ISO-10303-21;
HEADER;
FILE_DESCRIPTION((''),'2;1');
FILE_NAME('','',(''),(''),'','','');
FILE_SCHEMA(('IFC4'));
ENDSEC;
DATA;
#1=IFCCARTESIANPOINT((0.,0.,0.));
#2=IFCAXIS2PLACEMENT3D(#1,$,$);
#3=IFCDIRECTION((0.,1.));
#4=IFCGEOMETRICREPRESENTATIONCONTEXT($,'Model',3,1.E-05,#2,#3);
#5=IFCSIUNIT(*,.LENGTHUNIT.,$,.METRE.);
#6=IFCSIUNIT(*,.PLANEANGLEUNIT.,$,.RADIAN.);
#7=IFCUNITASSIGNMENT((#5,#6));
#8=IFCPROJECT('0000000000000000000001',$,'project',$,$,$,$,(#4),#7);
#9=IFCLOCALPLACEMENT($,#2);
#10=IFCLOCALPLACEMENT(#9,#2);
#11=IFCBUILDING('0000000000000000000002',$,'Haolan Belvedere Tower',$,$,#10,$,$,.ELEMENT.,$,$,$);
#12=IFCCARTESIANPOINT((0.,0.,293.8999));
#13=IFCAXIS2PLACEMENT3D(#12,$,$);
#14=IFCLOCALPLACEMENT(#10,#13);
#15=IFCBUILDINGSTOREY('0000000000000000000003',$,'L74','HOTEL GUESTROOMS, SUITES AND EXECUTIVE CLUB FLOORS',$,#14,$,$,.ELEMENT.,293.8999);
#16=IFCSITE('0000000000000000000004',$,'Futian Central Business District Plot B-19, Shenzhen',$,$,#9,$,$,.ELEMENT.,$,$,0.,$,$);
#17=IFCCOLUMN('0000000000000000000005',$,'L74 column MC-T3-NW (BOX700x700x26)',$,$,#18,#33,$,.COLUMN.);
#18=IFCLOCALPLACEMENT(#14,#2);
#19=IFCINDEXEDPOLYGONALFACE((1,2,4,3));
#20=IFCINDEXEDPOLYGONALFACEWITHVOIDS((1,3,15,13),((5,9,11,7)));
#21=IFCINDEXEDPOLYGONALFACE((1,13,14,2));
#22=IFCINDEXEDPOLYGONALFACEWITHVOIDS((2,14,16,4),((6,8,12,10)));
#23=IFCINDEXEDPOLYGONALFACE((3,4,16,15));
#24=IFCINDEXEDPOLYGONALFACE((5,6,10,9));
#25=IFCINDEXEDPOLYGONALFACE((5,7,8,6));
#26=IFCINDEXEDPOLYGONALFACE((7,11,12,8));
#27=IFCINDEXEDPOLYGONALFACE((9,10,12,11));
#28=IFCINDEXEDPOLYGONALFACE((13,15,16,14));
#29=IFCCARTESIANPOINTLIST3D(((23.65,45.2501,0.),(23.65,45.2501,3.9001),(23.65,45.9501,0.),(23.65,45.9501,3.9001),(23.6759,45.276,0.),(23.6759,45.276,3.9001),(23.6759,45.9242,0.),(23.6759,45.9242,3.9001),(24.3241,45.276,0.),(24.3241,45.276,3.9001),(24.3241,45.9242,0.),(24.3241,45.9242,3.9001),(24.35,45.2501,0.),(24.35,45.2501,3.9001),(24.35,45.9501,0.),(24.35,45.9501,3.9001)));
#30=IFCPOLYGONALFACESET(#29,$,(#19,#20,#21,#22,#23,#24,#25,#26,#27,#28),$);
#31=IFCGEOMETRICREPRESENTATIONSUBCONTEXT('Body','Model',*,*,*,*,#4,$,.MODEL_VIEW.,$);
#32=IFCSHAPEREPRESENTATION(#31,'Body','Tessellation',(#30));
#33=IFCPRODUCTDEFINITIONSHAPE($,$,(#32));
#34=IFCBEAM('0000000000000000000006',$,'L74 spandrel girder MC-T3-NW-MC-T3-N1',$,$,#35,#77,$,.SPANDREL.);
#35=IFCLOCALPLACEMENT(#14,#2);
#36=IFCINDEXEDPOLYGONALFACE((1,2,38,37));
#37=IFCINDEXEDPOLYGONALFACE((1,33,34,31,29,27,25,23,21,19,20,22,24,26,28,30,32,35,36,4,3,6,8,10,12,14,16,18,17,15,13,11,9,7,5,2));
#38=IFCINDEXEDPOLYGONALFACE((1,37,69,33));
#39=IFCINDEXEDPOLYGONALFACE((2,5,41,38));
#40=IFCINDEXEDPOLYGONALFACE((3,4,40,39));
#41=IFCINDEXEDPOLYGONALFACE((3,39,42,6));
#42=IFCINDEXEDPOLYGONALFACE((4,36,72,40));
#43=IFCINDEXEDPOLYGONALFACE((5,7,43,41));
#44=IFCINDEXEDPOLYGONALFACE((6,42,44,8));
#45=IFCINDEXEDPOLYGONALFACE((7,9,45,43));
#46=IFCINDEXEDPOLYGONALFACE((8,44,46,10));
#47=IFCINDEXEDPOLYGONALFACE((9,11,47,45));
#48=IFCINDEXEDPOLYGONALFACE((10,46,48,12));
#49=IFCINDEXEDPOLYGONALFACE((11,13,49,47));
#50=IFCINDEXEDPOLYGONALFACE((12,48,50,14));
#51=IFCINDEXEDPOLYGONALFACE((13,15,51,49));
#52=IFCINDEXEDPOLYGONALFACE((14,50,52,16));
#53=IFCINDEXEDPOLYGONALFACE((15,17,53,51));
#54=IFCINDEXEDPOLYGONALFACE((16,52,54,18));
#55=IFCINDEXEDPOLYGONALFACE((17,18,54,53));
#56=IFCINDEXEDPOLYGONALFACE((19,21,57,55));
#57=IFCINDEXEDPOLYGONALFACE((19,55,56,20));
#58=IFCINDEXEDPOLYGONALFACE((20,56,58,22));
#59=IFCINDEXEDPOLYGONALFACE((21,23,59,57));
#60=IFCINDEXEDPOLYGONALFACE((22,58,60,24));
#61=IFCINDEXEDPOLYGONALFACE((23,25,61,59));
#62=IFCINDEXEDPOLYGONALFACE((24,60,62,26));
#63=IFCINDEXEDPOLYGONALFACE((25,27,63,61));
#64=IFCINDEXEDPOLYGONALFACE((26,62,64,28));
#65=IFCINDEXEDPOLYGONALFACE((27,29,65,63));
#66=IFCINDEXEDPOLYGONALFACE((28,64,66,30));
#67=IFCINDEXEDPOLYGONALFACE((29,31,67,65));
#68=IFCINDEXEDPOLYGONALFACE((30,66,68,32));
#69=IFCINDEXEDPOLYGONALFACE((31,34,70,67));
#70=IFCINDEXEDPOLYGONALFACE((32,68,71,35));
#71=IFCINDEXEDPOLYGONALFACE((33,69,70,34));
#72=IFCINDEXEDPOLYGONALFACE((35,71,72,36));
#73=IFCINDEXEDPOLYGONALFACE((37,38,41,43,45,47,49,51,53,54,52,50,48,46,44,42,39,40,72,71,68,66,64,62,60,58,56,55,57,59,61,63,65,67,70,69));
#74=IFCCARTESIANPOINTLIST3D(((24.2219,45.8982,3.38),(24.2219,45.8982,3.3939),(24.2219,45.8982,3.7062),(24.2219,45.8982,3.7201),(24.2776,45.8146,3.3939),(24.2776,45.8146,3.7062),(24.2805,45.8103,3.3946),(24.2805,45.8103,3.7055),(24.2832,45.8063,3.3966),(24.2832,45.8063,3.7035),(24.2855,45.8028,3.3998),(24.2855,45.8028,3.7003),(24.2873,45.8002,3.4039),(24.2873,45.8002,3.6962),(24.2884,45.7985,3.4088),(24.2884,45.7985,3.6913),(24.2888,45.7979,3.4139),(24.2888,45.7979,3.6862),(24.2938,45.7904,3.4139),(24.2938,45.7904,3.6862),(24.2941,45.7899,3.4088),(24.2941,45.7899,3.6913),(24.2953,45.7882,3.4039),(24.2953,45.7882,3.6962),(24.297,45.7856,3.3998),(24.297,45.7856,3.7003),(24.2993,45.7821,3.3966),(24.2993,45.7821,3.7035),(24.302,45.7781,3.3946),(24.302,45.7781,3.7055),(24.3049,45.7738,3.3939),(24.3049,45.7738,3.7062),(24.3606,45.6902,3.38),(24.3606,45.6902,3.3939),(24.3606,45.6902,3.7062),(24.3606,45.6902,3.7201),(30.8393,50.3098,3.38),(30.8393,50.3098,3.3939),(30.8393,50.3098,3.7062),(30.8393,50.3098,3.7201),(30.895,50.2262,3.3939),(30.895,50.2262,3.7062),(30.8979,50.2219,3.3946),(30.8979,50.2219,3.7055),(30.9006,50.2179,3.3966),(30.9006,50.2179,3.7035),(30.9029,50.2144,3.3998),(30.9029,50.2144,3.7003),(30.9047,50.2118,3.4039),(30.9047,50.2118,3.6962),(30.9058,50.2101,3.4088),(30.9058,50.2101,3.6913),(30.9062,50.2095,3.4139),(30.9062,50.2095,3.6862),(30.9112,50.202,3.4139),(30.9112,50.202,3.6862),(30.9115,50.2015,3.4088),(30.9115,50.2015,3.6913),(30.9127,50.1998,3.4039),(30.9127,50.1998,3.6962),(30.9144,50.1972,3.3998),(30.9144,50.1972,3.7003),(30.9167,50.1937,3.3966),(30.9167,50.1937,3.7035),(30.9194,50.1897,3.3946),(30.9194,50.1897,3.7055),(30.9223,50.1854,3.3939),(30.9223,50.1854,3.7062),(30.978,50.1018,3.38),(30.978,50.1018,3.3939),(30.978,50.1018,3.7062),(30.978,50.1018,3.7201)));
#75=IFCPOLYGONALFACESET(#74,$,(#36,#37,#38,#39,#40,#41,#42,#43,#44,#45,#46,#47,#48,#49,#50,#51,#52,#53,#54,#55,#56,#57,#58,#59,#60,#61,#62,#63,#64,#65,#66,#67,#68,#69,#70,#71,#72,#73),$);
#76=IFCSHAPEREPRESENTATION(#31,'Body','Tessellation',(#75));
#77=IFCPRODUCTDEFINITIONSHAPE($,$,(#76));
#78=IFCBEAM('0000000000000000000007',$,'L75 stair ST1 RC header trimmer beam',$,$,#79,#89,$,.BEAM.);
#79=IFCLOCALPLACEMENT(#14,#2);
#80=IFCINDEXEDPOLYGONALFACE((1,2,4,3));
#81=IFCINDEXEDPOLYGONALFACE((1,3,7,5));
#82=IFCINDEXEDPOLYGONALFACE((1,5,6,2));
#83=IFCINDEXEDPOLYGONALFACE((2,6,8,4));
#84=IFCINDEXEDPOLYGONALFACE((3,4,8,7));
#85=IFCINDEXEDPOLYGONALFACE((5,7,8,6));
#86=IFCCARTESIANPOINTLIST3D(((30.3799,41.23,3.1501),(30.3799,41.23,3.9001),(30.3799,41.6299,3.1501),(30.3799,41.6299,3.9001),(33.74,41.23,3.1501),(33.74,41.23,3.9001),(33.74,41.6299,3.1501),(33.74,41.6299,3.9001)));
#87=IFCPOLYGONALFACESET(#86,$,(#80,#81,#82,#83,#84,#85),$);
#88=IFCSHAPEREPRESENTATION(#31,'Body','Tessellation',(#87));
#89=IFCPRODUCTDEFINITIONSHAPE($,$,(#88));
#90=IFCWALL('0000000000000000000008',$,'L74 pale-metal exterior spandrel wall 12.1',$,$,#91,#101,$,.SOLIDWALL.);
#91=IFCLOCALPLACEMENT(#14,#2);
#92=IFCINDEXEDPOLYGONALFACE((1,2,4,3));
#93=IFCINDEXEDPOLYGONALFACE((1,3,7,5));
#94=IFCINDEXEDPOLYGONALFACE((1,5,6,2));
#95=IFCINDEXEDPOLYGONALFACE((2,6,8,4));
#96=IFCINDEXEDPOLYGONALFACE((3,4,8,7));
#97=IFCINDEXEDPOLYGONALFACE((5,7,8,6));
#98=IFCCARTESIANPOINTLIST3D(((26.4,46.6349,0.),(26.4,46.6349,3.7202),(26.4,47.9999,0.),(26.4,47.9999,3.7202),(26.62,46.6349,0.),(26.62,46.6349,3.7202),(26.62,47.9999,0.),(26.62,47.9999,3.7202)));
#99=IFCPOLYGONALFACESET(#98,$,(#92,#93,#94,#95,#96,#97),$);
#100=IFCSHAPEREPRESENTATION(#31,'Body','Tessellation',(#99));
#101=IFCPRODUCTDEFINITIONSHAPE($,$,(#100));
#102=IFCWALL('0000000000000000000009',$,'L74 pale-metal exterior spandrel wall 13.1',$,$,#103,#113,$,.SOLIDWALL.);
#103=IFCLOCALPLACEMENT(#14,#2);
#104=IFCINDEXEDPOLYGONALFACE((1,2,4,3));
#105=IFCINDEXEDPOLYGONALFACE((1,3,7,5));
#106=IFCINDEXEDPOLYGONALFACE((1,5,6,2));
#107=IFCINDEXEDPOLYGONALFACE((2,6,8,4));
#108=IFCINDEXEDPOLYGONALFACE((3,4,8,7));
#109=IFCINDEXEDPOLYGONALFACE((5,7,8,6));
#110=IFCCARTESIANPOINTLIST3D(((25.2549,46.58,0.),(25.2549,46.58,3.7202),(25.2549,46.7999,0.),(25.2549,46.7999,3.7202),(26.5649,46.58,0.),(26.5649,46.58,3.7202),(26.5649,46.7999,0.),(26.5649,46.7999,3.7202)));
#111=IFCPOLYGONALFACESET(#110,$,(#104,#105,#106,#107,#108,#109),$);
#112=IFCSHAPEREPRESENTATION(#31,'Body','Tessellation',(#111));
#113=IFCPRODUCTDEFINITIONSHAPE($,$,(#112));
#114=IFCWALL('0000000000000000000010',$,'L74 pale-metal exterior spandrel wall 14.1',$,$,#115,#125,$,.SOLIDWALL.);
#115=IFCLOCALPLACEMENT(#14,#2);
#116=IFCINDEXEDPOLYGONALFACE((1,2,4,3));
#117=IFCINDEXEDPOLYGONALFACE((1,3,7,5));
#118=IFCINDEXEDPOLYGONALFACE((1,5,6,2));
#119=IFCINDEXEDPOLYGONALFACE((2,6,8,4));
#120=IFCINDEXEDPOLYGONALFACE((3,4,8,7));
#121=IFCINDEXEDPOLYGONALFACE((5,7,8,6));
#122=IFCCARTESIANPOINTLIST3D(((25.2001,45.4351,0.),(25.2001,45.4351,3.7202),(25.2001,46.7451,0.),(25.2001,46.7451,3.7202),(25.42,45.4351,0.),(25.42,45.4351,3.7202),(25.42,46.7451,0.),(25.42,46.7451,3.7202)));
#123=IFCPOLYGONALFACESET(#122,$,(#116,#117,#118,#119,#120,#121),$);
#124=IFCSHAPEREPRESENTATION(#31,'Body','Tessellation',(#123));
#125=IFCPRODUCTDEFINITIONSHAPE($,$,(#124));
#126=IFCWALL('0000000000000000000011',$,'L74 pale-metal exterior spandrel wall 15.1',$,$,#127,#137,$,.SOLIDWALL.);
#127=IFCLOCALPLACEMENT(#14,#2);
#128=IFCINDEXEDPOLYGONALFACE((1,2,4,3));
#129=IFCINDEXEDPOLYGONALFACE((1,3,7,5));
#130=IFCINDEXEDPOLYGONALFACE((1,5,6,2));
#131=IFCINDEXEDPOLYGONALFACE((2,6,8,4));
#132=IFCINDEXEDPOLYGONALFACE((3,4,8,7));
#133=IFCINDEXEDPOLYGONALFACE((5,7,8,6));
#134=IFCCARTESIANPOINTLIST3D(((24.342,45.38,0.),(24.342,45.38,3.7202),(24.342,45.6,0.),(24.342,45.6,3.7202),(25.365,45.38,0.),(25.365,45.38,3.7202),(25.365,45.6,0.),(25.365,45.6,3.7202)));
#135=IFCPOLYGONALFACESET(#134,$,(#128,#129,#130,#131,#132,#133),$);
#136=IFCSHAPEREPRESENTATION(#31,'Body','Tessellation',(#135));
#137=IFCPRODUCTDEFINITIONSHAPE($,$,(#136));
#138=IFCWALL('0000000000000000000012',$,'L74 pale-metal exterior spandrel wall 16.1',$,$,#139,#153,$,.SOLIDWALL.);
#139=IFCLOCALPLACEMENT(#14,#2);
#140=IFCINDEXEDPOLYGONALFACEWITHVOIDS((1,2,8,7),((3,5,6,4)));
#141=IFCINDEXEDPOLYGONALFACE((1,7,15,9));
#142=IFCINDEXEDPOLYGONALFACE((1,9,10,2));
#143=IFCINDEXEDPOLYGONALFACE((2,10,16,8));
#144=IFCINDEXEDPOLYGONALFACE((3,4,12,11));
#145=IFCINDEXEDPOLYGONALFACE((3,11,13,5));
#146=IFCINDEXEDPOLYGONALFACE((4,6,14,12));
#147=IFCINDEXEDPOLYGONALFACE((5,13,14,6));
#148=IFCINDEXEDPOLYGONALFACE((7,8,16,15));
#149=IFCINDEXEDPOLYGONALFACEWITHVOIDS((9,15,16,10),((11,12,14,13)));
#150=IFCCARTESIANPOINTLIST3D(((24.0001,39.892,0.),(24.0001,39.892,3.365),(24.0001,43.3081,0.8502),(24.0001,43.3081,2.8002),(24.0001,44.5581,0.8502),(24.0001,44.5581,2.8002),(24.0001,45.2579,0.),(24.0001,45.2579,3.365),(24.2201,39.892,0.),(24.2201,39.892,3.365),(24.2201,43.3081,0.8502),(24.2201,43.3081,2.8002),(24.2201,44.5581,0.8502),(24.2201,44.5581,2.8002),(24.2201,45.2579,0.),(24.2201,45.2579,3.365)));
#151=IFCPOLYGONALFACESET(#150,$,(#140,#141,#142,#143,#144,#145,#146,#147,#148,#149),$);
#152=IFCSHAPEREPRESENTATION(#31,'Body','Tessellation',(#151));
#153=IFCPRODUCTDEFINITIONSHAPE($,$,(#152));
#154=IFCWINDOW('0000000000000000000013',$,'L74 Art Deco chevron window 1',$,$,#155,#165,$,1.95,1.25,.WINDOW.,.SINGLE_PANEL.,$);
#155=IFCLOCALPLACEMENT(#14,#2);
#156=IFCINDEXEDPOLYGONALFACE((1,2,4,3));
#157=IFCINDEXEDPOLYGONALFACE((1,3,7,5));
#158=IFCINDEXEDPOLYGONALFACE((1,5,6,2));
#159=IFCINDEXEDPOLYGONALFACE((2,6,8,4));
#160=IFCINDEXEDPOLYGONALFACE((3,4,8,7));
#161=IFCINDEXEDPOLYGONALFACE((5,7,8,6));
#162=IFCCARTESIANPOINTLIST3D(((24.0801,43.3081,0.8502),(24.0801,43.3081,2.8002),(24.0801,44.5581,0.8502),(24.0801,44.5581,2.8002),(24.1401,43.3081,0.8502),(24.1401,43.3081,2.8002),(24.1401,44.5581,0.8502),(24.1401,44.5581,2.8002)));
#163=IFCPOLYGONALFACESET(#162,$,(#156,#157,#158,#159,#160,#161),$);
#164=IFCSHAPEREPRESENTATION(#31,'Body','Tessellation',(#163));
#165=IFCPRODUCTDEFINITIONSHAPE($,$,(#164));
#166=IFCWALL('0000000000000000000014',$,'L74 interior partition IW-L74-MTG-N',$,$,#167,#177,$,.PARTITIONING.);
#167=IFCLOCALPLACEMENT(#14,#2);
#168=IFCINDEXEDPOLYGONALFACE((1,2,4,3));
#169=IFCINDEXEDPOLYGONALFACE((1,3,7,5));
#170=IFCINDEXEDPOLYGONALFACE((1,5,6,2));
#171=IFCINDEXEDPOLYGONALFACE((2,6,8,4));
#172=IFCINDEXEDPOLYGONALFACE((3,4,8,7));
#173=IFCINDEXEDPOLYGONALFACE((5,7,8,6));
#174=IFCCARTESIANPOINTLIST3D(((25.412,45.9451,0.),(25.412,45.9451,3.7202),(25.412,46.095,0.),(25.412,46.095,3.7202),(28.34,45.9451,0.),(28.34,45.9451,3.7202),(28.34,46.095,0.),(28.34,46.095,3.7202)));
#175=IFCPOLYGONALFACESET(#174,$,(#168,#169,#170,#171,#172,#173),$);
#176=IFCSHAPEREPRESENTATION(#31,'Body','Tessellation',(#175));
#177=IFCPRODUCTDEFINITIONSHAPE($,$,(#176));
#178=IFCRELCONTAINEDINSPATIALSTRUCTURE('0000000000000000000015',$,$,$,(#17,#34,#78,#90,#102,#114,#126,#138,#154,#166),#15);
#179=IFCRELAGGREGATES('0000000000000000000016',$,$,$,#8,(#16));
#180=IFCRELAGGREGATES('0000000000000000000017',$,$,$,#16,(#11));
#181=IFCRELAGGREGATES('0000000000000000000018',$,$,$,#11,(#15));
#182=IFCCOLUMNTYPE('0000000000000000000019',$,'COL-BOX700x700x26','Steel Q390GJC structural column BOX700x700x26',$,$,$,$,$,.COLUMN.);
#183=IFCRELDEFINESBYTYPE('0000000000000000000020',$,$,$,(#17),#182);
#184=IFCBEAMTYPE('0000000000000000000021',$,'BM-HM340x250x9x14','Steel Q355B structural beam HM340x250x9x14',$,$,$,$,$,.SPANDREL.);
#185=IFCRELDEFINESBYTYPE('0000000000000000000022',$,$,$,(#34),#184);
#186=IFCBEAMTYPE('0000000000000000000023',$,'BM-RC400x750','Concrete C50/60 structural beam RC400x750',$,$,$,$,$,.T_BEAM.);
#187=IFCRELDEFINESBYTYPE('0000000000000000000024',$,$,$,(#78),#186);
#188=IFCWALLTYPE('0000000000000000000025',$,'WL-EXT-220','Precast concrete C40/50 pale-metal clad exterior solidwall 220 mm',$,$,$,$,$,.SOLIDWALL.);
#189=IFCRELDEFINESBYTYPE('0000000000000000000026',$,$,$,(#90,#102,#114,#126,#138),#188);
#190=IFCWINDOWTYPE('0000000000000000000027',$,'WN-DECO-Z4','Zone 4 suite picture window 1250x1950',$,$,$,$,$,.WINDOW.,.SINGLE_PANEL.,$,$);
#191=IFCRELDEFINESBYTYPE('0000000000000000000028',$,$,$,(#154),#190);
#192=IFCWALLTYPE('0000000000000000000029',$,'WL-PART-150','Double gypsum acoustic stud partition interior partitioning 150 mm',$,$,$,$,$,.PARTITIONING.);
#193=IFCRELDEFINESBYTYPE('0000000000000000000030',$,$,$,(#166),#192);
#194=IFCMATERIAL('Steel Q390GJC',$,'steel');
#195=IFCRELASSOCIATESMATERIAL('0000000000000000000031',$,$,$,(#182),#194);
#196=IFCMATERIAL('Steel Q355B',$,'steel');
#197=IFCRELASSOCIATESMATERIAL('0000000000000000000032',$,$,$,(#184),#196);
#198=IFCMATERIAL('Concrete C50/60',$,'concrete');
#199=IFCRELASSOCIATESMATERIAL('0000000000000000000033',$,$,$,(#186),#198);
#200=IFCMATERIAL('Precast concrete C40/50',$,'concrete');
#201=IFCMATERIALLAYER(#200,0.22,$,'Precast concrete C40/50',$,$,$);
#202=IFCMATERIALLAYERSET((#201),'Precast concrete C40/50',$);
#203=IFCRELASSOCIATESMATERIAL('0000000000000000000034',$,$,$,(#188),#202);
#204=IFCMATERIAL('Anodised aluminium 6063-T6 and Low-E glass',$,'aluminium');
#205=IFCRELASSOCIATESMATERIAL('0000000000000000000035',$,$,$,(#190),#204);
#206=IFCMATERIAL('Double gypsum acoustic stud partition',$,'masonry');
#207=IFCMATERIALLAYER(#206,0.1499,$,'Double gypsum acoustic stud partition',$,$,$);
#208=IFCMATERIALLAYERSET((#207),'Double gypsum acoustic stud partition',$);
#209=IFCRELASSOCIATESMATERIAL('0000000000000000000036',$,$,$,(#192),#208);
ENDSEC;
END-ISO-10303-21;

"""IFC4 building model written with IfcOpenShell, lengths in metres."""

from ifc_helpers import new_model, si_unit, direction, frame, frame_2d, origin, origin_2d, place, context, subcontext, project, spatial, rectangle, hollow_rectangle, i_section, extrude, material, layer, layer_set, material_profile, profile_set, type_object, element, fill, save


model = new_model("IFC4")

# Units and contexts
model_context = context("Model", 3, precision=1e-05, world=origin(), true_north=direction((0.0, 1.0)))
body_context = subcontext(model_context, "Body", "Model", "MODEL_VIEW")
ifc_project = project(units=[si_unit("LENGTHUNIT", "METRE"), si_unit("PLANEANGLEUNIT", "RADIAN")], contexts=[model_context])

# Site, building, storey
site_placement = place(None, origin())
site = spatial("IfcSite", under=ifc_project, at=site_placement, Name="Futian Central Business District Plot B-19, Shenzhen", CompositionType="ELEMENT", RefElevation=0.0)
building_placement = place(site_placement, origin())
building = spatial("IfcBuilding", under=site, at=building_placement, Name="Haolan Belvedere Tower", CompositionType="ELEMENT")
storey_placement = place(building_placement, frame((0.0, 0.0, 293.8999)))
storey = spatial("IfcBuildingStorey", under=building, at=storey_placement, Name="L74", Description="HOTEL GUESTROOMS, SUITES AND EXECUTIVE CLUB FLOORS", CompositionType="ELEMENT", Elevation=293.8999)

# Column
ifc_material_1 = material(Name="Steel Q390GJC", Category="steel")
ifc_material_profile_1 = material_profile(ifc_material_1, hollow_rectangle(XDim=0.7, YDim=0.7, WallThickness=0.0259, at=origin_2d()), Name="Steel Q390GJC")
ifc_profile_set_1 = profile_set([ifc_material_profile_1], Name="Steel Q390GJC")
column_type = type_object("IfcColumnType", Name="COL-BOX700x700x26", Description="Steel Q390GJC structural column BOX700x700x26", PredefinedType="COLUMN", material=ifc_profile_set_1)
column_placement = place(storey_placement, frame((24.0, 45.6001, 0.0), z_axis=(0.0, 0.0, 1.0), x_axis=(1.0, 0.0, 0.0)))
element("IfcColumn", 1, at=column_placement, inside=storey, type_object=column_type, Name="L74 column MC-T3-NW (BOX700x700x26)", PredefinedType="COLUMN", context=body_context, shape_type="SweptSolid", body=[
    extrude(hollow_rectangle(XDim=0.7, YDim=0.7, WallThickness=0.0259, at=origin_2d()), origin(), (0.0, 0.0, 1.0), 3.9001),
])

# Beams
ifc_material_2 = material(Name="Steel Q355B", Category="steel")
ifc_material_profile_2 = material_profile(ifc_material_2, i_section(OverallWidth=0.25, OverallDepth=0.3401, WebThickness=0.009, FlangeThickness=0.0139, FilletRadius=0.02, at=origin_2d()), Name="Steel Q355B")
ifc_profile_set_2 = profile_set([ifc_material_profile_2], Name="Steel Q355B")
beam_type_1 = type_object("IfcBeamType", Name="BM-HM340x250x9x14", Description="Steel Q355B structural beam HM340x250x9x14", PredefinedType="SPANDREL", material=ifc_profile_set_2)
beam_1_placement = place(storey_placement, frame((24.2913, 45.7942, 3.55), z_axis=(0.83205, 0.5547, 0.0), x_axis=(-0.5547, 0.83205, 0.0)))
element("IfcBeam", 2, at=beam_1_placement, inside=storey, type_object=beam_type_1, Name="L74 spandrel girder MC-T3-NW-MC-T3-N1", PredefinedType="SPANDREL", context=body_context, shape_type="SweptSolid", body=[
    extrude(i_section(OverallWidth=0.25, OverallDepth=0.3401, WebThickness=0.009, FlangeThickness=0.0139, FilletRadius=0.02, at=origin_2d()), origin(), (0.0, 0.0, 1.0), 7.9531),
])
ifc_material_3 = material(Name="Concrete C50/60", Category="concrete")
ifc_material_profile_3 = material_profile(ifc_material_3, rectangle(XDim=0.3999, YDim=0.75, at=origin_2d()), Name="Concrete C50/60")
ifc_profile_set_3 = profile_set([ifc_material_profile_3], Name="Concrete C50/60")
beam_type_2 = type_object("IfcBeamType", Name="BM-RC400x750", Description="Concrete C50/60 structural beam RC400x750", PredefinedType="T_BEAM", material=ifc_profile_set_3)
beam_2_placement = place(storey_placement, frame((30.3799, 41.4299, 3.5251), z_axis=(1.0, 0.0, 0.0), x_axis=(0.0, 1.0, 0.0)))
element("IfcBeam", 3, at=beam_2_placement, inside=storey, type_object=beam_type_2, Name="L75 stair ST1 RC header trimmer beam", PredefinedType="BEAM", context=body_context, shape_type="SweptSolid", body=[
    extrude(rectangle(XDim=0.3999, YDim=0.75, at=origin_2d()), origin(), (0.0, 0.0, 1.0), 3.3601),
])

# Walls
ifc_material_4 = material(Name="Precast concrete C40/50", Category="concrete")
ifc_layer_1 = layer(ifc_material_4, 0.22, Name="Precast concrete C40/50")
ifc_layer_set_1 = layer_set([ifc_layer_1], Name="Precast concrete C40/50")
wall_type_1 = type_object("IfcWallType", Name="WL-EXT-220", Description="Precast concrete C40/50 pale-metal clad exterior solidwall 220 mm", PredefinedType="SOLIDWALL", material=ifc_layer_set_1)
wall_1_placement = place(storey_placement, frame((26.51, 48.0, 0.0), z_axis=(0.0, 0.0, 1.0), x_axis=(0.0, -1.0, 0.0)))
element("IfcWall", 4, at=wall_1_placement, inside=storey, type_object=wall_type_1, Name="L74 pale-metal exterior spandrel wall 12.1", PredefinedType="SOLIDWALL", context=body_context, shape_type="SweptSolid", body=[
    extrude(rectangle(XDim=1.365, YDim=0.22, at=frame_2d((0.6826, 0.0))), origin(), (0.0, 0.0, 1.0), 3.7202),
])
for number, where, z_axis, x_axis, name in (
    (5, (26.5649, 46.6899, 0.0), (0.0, 0.0, 1.0), (-1.0, 0.0, 0.0), "L74 pale-metal exterior spandrel wall 13.1"),
    (6, (25.3101, 46.7451, 0.0), (0.0, 0.0, 1.0), (0.0, -1.0, 0.0), "L74 pale-metal exterior spandrel wall 14.1"),
):
    element("IfcWall", number, at=place(storey_placement, frame(where, z_axis=z_axis, x_axis=x_axis)), inside=storey, type_object=wall_type_1, Name=name, PredefinedType="SOLIDWALL", context=body_context, shape_type="SweptSolid", body=[
        extrude(rectangle(XDim=1.3101, YDim=0.22, at=frame_2d((0.655, 0.0))), origin(), (0.0, 0.0, 1.0), 3.7202),
    ])
wall_2_placement = place(storey_placement, frame((25.365, 45.49, 0.0), z_axis=(0.0, 0.0, 1.0), x_axis=(-1.0, 0.0, 0.0)))
element("IfcWall", 7, at=wall_2_placement, inside=storey, type_object=wall_type_1, Name="L74 pale-metal exterior spandrel wall 15.1", PredefinedType="SOLIDWALL", context=body_context, shape_type="SweptSolid", body=[
    extrude(rectangle(XDim=1.0229, YDim=0.22, at=frame_2d((0.5115, 0.0))), origin(), (0.0, 0.0, 1.0), 3.7202),
])

# Wall, opening, window
wall_3_placement = place(storey_placement, frame((24.1101, 45.2581, 0.0), z_axis=(0.0, 0.0, 1.0), x_axis=(0.0, -1.0, 0.0)))
wall_3 = element("IfcWall", 8, at=wall_3_placement, inside=storey, type_object=wall_type_1, Name="L74 pale-metal exterior spandrel wall 16.1", PredefinedType="SOLIDWALL", context=body_context, shape_type="SweptSolid", body=[
    extrude(rectangle(XDim=5.366, YDim=0.22, at=frame_2d((2.6831, 0.0))), origin(), (0.0, 0.0, 1.0), 3.365),
])
opening_1_placement = place(wall_3_placement, frame((0.7, 0.0, 0.8501)))
opening_1 = element("IfcOpeningElement", 9, at=opening_1_placement, cuts=wall_3, PredefinedType="OPENING", context=body_context, shape_type="SweptSolid", body=[
    extrude(rectangle(XDim=1.25, YDim=1.95, at=frame_2d((0.625, 0.9751))), frame((0.0, 0.1199, 0.0), z_axis=(0.0, -1.0, 0.0), x_axis=(1.0, 0.0, 0.0)), (0.0, 0.0, 1.0), 0.24),
])
ifc_material_5 = material(Name="Anodised aluminium 6063-T6 and Low-E glass", Category="aluminium")
window_type = type_object("IfcWindowType", Name="WN-DECO-Z4", Description="Zone 4 suite picture window 1250x1950", PartitioningType="SINGLE_PANEL", PredefinedType="WINDOW", material=ifc_material_5)
window_placement = place(opening_1_placement, origin())
window = element("IfcWindow", 10, at=window_placement, inside=storey, type_object=window_type, Name="L74 Art Deco chevron window 1", OverallHeight=1.95, OverallWidth=1.25, PartitioningType="SINGLE_PANEL", PredefinedType="WINDOW", context=body_context, shape_type="SweptSolid", body=[
    extrude(rectangle(XDim=1.25, YDim=1.95, at=frame_2d((0.625, 0.9751))), frame((0.0, 0.03, 0.0), z_axis=(0.0, -1.0, 0.0), x_axis=(1.0, 0.0, 0.0)), (0.0, 0.0, 1.0), 0.0601),
])
fill(opening_1, window)

# Wall
ifc_material_6 = material(Name="Double gypsum acoustic stud partition", Category="masonry")
ifc_layer_2 = layer(ifc_material_6, 0.1499, Name="Double gypsum acoustic stud partition")
ifc_layer_set_2 = layer_set([ifc_layer_2], Name="Double gypsum acoustic stud partition")
wall_type_2 = type_object("IfcWallType", Name="WL-PART-150", Description="Double gypsum acoustic stud partition interior partitioning 150 mm", PredefinedType="PARTITIONING", material=ifc_layer_set_2)
wall_4_placement = place(storey_placement, frame((25.4121, 46.02, 0.0), z_axis=(0.0, 0.0, 1.0), x_axis=(1.0, 0.0, 0.0)))
element("IfcWall", 11, at=wall_4_placement, inside=storey, type_object=wall_type_2, Name="L74 interior partition IW-L74-MTG-N", PredefinedType="PARTITIONING", context=body_context, shape_type="SweptSolid", body=[
    extrude(rectangle(XDim=2.928, YDim=0.1499, at=frame_2d((1.4639, 0.0))), origin(), (0.0, 0.0, 1.0), 3.7202),
])

save(model, "model.ifc")
